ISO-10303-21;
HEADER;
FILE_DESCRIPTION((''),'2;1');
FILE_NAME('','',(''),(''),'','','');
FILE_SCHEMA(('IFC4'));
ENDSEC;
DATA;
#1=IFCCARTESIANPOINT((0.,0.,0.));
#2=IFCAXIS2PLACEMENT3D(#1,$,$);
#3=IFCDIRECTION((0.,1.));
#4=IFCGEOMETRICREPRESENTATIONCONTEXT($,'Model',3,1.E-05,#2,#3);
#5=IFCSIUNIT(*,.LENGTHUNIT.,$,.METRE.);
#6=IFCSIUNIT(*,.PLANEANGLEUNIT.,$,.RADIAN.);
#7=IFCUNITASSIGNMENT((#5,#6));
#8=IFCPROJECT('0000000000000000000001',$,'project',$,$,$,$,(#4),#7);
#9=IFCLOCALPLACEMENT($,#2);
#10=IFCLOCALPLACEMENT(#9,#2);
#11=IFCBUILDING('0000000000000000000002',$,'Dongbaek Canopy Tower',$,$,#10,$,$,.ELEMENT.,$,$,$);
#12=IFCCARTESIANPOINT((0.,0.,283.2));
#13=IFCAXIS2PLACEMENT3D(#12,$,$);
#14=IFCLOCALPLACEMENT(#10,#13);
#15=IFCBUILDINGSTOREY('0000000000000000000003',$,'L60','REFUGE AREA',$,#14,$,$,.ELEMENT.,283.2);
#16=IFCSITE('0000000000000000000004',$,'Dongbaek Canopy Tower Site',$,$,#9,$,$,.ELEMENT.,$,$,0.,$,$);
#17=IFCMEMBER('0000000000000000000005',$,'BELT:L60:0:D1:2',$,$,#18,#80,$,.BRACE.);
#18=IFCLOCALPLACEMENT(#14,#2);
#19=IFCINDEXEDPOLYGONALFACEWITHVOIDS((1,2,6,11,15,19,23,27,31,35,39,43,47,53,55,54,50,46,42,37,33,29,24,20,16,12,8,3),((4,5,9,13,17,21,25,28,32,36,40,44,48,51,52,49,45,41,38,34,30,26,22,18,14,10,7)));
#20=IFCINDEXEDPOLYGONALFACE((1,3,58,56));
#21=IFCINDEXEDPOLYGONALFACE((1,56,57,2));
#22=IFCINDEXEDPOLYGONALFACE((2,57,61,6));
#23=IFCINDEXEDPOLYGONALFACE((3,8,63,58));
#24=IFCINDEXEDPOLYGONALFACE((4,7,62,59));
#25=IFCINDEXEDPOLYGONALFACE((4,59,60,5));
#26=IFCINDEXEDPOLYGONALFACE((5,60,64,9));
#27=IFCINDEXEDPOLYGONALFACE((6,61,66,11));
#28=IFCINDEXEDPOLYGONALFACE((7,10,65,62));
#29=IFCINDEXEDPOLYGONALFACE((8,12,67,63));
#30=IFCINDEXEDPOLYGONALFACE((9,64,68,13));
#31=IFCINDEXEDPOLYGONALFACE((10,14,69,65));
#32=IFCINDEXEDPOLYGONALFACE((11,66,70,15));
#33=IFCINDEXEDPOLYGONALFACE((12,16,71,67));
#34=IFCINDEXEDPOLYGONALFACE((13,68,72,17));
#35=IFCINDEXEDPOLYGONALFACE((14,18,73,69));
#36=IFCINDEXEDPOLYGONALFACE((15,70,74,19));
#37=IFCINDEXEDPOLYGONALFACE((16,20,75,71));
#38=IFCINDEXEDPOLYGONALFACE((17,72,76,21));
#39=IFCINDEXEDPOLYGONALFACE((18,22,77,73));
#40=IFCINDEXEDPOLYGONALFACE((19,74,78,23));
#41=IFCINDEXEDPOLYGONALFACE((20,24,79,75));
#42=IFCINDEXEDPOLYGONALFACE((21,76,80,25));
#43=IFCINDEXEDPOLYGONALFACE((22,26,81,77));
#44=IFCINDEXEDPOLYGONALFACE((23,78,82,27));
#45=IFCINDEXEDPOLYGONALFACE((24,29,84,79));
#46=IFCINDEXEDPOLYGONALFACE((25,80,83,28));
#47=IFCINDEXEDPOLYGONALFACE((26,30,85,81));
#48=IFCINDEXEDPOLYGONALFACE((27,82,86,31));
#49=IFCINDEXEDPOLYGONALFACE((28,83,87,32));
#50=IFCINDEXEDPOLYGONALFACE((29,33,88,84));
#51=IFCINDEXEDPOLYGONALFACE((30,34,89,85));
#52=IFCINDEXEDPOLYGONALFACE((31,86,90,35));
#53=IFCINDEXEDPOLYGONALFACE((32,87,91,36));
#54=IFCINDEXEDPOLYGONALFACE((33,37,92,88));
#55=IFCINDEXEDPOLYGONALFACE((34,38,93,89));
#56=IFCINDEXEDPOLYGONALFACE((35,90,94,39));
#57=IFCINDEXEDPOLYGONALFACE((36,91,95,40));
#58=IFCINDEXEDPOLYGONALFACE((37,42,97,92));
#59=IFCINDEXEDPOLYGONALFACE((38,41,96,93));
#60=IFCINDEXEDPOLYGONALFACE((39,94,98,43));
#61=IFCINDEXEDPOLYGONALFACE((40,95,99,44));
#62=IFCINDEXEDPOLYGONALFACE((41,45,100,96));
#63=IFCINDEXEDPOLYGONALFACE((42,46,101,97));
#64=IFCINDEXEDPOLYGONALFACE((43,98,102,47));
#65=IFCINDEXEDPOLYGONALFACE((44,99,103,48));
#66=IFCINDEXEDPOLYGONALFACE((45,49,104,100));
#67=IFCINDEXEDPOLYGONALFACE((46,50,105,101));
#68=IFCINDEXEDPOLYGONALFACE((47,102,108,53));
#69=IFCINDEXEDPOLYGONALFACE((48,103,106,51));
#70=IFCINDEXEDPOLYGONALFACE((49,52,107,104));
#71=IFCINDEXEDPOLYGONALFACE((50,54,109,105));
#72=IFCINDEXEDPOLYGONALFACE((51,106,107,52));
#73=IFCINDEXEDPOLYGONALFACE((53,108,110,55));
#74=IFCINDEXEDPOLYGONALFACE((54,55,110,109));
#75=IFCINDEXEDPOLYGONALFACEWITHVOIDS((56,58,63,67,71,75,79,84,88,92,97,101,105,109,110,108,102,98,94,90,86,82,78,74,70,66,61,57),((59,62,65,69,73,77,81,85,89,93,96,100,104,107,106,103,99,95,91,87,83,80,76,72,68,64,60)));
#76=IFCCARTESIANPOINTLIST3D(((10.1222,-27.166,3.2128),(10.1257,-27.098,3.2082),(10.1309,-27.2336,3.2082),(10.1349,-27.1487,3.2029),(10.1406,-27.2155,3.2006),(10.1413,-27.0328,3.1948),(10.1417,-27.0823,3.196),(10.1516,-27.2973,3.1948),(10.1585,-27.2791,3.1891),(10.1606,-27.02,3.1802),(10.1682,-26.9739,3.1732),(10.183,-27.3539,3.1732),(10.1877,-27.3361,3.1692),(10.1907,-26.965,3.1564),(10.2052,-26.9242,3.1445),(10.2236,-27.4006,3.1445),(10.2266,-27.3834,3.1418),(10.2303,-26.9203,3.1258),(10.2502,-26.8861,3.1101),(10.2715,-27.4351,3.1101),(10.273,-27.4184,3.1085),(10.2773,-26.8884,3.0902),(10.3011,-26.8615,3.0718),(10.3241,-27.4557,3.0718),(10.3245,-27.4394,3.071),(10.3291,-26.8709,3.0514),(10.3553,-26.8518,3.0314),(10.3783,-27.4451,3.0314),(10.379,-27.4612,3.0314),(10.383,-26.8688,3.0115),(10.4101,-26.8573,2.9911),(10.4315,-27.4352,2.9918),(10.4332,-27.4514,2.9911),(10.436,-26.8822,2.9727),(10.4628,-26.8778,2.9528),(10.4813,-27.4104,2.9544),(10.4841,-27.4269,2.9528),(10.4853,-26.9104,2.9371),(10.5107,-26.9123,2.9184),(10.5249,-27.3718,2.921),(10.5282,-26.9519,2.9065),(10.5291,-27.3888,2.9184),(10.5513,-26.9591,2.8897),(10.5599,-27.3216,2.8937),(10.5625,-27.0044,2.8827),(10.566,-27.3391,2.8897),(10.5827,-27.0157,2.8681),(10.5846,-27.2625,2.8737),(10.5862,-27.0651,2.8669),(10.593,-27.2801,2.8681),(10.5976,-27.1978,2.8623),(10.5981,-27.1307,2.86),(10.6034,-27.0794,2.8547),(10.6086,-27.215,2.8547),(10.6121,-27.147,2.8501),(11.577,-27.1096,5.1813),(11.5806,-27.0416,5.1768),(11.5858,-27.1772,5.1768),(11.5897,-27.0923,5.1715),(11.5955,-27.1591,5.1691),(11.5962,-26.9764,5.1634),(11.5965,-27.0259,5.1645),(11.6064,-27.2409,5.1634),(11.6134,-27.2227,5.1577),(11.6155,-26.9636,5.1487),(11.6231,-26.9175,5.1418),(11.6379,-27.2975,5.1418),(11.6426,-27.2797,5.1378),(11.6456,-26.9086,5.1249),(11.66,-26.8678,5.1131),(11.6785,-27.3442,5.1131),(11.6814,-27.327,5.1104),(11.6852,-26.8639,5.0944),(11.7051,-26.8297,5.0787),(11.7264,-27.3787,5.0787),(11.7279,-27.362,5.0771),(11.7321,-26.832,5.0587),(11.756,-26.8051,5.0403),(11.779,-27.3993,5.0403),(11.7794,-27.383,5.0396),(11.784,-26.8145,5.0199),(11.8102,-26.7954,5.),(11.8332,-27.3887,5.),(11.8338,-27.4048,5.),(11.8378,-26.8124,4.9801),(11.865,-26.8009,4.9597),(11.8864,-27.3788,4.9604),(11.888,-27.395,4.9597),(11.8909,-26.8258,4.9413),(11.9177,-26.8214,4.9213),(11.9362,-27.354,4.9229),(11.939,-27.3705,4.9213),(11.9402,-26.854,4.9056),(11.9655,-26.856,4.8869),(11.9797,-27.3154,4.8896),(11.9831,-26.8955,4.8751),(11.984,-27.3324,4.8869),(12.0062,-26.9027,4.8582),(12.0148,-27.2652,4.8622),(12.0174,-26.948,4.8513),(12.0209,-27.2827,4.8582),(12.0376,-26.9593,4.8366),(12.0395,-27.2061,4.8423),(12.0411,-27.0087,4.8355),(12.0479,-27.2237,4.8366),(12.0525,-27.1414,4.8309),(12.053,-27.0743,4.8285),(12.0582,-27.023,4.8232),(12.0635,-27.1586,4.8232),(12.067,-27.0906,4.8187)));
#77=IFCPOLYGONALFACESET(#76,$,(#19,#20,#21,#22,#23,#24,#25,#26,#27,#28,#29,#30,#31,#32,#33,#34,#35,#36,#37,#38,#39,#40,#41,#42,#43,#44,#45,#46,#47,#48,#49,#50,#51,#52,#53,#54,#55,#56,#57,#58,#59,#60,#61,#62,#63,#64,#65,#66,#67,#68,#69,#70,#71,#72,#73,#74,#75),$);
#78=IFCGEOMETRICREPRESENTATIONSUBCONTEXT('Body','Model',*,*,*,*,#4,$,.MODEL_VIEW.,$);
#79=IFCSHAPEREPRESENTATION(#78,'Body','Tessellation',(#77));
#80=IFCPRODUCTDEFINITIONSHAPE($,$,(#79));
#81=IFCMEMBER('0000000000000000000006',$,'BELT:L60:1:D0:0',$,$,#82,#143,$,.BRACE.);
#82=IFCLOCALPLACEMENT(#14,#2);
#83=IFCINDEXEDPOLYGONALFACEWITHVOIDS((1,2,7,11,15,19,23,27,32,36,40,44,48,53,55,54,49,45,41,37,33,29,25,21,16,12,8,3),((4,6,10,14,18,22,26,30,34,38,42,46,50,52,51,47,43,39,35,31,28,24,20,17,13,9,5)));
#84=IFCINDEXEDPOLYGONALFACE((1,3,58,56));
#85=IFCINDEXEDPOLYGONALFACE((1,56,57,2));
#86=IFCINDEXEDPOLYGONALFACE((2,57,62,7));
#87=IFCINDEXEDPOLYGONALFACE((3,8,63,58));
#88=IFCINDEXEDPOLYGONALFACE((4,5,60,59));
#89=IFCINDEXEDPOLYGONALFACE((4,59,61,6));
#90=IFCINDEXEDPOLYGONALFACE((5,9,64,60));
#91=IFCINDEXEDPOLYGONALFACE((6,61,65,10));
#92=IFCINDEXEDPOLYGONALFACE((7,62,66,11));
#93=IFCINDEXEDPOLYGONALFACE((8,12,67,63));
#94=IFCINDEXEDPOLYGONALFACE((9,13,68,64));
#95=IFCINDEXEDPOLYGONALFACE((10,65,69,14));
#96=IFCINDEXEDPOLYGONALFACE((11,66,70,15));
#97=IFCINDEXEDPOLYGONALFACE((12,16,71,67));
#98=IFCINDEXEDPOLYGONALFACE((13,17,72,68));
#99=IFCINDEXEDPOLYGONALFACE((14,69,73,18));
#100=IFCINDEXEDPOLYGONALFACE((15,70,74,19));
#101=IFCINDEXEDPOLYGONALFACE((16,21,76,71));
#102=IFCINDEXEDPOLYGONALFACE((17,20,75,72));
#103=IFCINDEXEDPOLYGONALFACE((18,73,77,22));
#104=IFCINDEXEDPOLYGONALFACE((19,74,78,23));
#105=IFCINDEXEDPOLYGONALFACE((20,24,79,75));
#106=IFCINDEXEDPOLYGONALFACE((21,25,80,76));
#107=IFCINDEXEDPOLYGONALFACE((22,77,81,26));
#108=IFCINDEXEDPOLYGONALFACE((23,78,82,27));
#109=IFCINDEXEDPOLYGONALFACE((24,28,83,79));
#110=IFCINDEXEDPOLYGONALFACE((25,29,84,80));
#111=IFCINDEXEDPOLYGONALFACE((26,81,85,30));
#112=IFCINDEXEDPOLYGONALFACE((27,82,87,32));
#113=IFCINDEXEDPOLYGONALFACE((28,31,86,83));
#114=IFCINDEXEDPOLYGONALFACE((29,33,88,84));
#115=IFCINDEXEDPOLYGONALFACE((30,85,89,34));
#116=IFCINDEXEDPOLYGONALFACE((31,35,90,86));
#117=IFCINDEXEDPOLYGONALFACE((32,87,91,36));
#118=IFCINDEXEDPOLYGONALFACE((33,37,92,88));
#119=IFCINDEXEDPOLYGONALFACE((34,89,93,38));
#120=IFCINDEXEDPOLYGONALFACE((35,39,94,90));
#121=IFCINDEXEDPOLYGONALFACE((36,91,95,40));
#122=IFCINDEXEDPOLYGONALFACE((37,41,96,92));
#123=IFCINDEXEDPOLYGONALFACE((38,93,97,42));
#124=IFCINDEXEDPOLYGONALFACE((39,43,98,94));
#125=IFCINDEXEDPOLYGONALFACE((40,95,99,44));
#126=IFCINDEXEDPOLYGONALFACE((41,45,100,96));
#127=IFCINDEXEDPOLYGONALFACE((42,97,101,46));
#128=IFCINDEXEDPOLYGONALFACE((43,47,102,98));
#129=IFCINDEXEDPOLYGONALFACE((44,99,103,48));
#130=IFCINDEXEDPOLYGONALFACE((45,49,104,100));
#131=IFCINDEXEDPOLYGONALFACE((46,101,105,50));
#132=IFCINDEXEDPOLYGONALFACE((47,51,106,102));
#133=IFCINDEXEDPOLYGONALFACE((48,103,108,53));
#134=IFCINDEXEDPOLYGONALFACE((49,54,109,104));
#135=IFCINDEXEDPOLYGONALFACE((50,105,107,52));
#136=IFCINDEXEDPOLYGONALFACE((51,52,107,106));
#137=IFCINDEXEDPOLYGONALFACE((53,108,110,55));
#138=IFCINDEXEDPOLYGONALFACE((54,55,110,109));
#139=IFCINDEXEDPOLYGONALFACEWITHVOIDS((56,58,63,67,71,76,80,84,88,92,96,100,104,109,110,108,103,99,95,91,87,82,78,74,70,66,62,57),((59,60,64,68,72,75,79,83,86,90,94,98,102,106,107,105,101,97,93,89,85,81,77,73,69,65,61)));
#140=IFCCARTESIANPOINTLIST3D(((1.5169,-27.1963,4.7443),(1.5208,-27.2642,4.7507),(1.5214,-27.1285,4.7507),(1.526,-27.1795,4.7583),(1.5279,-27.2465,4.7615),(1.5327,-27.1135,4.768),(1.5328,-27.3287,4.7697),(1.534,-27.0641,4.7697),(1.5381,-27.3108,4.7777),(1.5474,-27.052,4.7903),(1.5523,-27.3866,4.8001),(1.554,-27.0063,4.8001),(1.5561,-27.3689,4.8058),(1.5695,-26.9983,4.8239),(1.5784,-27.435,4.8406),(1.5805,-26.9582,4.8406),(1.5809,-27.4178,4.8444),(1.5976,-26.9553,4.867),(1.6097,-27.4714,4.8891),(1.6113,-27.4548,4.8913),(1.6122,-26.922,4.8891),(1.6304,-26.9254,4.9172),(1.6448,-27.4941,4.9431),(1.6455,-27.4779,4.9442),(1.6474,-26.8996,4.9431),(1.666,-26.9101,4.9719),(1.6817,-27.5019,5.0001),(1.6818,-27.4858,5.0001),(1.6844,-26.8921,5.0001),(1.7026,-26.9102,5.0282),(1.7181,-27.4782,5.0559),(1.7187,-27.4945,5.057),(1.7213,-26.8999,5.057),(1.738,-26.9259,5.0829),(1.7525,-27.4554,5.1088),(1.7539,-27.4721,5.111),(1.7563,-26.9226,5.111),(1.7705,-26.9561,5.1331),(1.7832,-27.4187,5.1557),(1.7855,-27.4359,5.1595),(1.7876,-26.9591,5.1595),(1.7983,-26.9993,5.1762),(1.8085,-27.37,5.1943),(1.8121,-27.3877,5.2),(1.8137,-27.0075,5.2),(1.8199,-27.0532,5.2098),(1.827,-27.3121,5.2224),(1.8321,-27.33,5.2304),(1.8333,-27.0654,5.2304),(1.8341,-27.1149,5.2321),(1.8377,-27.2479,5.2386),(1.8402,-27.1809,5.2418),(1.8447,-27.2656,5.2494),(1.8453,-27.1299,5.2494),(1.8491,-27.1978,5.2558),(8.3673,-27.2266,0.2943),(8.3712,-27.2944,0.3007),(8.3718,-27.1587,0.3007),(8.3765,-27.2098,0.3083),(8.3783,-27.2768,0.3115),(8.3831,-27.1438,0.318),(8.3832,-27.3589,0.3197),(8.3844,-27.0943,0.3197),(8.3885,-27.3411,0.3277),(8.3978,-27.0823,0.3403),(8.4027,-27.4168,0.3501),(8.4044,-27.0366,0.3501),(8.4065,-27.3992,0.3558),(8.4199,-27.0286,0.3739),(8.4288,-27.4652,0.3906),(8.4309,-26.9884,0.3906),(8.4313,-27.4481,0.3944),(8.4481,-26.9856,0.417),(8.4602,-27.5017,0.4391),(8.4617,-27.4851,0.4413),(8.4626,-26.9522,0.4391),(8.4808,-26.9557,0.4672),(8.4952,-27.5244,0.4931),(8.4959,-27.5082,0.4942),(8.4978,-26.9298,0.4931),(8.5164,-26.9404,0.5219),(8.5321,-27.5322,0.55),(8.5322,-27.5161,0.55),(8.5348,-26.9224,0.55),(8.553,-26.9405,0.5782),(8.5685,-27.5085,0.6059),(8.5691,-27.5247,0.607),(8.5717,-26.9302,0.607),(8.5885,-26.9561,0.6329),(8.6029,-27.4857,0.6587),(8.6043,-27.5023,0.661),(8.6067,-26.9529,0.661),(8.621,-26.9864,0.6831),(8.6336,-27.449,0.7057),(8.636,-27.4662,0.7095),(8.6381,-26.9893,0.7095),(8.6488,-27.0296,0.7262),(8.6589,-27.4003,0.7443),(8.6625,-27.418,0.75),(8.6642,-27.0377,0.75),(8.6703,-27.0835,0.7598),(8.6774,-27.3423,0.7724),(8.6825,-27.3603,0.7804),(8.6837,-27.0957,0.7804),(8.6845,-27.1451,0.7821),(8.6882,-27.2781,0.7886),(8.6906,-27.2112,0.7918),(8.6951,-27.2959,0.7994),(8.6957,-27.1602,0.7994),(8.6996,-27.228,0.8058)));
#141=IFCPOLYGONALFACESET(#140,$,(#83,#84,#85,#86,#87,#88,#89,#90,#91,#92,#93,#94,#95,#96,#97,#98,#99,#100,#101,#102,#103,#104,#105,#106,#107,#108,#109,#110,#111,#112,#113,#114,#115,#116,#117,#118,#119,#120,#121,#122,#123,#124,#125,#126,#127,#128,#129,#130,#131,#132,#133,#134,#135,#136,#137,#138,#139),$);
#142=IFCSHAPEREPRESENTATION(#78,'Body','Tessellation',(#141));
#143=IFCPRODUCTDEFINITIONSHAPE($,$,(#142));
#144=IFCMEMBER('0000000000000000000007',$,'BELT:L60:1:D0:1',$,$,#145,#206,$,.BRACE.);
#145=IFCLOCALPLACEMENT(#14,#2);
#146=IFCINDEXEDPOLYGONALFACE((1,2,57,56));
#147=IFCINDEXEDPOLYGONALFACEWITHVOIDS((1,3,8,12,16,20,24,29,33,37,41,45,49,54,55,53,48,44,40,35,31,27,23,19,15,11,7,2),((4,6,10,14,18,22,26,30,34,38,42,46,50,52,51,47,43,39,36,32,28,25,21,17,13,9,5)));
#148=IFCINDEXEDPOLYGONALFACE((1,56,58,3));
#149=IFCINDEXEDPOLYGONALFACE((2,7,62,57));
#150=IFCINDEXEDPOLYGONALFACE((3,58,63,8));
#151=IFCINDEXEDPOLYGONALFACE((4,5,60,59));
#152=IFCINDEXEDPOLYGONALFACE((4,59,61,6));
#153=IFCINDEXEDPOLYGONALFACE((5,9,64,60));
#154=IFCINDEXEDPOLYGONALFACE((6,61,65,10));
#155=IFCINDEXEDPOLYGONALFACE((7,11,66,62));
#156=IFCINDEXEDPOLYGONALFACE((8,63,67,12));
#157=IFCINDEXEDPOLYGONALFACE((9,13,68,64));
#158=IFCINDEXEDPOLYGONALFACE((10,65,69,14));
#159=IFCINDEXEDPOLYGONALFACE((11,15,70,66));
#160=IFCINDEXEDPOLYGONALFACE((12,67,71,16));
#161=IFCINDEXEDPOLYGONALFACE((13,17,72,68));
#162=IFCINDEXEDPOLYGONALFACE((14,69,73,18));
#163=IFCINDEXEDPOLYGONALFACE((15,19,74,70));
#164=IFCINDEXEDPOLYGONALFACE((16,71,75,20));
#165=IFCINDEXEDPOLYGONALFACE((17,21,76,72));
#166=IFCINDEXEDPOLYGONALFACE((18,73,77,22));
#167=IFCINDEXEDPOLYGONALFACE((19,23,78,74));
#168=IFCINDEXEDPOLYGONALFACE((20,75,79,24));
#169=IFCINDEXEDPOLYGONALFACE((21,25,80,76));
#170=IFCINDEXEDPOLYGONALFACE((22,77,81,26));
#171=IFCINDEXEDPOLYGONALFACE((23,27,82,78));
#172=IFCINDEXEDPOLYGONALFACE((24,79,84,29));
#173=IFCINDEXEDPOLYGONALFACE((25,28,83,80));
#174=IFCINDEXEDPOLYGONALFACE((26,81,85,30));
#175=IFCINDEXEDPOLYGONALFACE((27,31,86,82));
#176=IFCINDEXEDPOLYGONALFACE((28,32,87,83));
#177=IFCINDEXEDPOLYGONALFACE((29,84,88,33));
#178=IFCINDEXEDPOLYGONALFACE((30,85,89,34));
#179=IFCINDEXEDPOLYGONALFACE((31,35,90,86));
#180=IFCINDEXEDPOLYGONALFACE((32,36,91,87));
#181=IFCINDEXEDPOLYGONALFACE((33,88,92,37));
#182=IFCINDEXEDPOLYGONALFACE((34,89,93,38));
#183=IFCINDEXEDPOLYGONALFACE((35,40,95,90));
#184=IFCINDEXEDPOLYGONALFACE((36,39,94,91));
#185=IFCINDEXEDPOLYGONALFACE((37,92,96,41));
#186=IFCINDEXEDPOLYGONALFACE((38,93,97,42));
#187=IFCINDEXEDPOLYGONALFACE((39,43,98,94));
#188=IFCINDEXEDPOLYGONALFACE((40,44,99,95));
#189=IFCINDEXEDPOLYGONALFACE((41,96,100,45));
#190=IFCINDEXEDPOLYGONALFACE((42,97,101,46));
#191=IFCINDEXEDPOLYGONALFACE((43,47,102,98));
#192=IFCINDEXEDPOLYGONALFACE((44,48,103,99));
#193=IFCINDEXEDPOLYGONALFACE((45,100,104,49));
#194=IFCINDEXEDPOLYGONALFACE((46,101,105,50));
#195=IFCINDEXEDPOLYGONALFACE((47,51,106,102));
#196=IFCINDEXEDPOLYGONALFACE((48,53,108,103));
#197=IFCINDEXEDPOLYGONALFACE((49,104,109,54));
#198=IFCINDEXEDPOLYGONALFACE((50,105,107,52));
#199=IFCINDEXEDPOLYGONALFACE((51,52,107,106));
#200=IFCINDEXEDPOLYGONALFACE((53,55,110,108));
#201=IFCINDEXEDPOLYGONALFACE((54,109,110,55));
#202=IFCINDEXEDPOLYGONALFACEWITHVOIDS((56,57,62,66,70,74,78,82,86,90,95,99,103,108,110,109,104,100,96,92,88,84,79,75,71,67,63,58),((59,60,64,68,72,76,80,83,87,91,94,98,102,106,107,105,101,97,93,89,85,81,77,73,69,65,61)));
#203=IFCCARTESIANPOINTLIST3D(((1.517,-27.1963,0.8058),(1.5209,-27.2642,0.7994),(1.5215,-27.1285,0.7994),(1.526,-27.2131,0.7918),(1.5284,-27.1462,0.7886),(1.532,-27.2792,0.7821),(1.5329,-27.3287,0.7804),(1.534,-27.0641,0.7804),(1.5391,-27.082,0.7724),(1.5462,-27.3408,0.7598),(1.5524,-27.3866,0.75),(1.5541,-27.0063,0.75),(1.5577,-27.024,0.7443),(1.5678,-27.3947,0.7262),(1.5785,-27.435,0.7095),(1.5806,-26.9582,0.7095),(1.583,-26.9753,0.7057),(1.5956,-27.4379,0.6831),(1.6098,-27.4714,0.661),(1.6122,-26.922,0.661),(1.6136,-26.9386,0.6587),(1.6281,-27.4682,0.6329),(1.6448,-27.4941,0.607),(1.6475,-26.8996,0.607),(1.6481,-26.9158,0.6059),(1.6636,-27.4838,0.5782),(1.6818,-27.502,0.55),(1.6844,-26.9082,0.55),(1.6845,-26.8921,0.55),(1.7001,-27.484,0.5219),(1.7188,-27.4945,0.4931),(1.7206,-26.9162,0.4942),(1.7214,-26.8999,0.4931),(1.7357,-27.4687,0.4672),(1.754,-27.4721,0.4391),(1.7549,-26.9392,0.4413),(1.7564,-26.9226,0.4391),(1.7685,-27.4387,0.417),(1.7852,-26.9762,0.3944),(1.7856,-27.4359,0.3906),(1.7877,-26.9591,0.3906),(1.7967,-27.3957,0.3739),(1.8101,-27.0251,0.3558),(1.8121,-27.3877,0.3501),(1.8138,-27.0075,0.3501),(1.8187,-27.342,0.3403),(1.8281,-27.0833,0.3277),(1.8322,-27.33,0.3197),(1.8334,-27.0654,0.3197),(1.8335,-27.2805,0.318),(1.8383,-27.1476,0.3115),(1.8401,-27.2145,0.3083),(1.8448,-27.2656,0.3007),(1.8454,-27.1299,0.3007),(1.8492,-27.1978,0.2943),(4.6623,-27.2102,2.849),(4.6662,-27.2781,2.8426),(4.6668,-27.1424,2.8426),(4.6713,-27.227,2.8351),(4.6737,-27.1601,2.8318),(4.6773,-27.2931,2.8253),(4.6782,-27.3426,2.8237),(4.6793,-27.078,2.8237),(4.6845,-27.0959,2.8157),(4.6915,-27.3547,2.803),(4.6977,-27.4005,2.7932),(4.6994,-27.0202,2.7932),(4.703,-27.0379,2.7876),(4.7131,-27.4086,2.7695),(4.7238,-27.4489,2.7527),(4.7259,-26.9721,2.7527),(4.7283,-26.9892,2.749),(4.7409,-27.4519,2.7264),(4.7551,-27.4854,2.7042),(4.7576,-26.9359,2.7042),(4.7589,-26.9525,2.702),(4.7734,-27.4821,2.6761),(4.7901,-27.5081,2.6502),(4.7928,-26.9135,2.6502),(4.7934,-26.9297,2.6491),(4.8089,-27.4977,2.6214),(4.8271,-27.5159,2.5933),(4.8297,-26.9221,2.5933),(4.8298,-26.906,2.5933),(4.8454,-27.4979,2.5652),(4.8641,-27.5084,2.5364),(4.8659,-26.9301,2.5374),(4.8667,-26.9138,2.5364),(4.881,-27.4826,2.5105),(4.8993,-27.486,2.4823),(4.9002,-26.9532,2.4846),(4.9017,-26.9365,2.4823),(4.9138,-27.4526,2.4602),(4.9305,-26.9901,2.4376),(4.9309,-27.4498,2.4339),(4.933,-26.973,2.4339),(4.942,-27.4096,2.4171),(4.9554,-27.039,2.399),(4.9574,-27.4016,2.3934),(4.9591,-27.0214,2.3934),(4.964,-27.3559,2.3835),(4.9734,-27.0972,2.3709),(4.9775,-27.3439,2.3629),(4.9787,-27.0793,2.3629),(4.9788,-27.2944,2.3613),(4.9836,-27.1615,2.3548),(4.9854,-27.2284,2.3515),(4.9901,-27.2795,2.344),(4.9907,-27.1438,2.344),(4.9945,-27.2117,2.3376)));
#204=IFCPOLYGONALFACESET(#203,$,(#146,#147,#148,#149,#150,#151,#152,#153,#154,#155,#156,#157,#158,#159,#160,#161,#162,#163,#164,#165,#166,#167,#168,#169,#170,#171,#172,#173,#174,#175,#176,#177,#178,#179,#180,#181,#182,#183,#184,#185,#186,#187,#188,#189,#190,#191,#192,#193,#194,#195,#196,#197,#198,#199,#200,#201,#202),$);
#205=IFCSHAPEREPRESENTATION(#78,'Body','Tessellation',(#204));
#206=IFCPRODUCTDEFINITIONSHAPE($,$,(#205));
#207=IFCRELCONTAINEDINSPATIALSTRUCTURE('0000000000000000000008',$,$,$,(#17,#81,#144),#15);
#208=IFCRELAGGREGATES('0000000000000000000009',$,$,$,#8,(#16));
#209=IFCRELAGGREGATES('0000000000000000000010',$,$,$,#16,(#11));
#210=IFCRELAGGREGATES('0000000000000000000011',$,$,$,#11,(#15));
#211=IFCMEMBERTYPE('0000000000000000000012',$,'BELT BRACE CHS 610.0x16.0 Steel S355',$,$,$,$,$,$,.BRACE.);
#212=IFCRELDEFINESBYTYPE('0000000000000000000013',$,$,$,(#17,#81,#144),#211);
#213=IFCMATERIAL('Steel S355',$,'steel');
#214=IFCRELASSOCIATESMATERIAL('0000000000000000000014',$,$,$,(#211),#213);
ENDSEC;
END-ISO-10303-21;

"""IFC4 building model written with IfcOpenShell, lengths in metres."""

from ifc_helpers import new_model, si_unit, direction, frame, origin, origin_2d, place, context, subcontext, project, spatial, hollow_circle, extrude, material, material_profile, profile_set, type_object, element, save


model = new_model("IFC4")

# Units and contexts
model_context = context("Model", 3, precision=1e-05, world=origin(), true_north=direction((0.0, 1.0)))
body_context = subcontext(model_context, "Body", "Model", "MODEL_VIEW")
ifc_project = project(units=[si_unit("LENGTHUNIT", "METRE"), si_unit("PLANEANGLEUNIT", "RADIAN")], contexts=[model_context])

# Site, building, storey
site_placement = place(None, origin())
site = spatial("IfcSite", under=ifc_project, at=site_placement, Name="Dongbaek Canopy Tower Site", CompositionType="ELEMENT", RefElevation=0.0)
building_placement = place(site_placement, origin())
building = spatial("IfcBuilding", under=site, at=building_placement, Name="Dongbaek Canopy Tower", CompositionType="ELEMENT")
storey_placement = place(building_placement, frame((0.0, 0.0, 283.2)))
storey = spatial("IfcBuildingStorey", under=building, at=storey_placement, Name="L60", Description="REFUGE AREA", CompositionType="ELEMENT", Elevation=283.2)

# Members
ifc_material_1 = material(Name="Steel S355", Category="steel")
ifc_material_profile_1 = material_profile(ifc_material_1, hollow_circle(Radius=0.3049, WallThickness=0.0161, at=origin_2d()), Name="BELT BRACE CHS 610.0x16.0 Steel S355")
ifc_profile_set_1 = profile_set([ifc_material_profile_1], Name="Steel S355")
member_type_1 = type_object("IfcMemberType", Name="BELT BRACE CHS 610.0x16.0 Steel S355", PredefinedType="BRACE", material=ifc_profile_set_1)
for number, where, z_axis, x_axis, name in (
    (1, (11.822, -27.1001, 5.0), (-0.594194, -0.023034, -0.803992), (0.038736, -0.999249, 0.0), "BELT:L60:0:D1:2"),
):
    element("IfcMember", number, at=place(storey_placement, frame(where, z_axis=z_axis, x_axis=x_axis)), inside=storey, type_object=member_type_1, Name=name, PredefinedType="BRACE", context=body_context, shape_type="SweptSolid", body=[
        extrude(hollow_circle(Radius=0.3049, WallThickness=0.0161, at=origin_2d()), origin(), (0.0, 0.0, 1.0), 2.4485),
    ])
member_1_placement = place(storey_placement, frame((8.5334, -27.2273, 0.55), z_axis=(-0.838593, 0.003706, 0.544746), x_axis=(-0.004419, -0.99999, 0.0)))
element("IfcMember", 2, at=member_1_placement, inside=storey, type_object=member_type_1, Name="BELT:L60:1:D0:0", PredefinedType="BRACE", context=body_context, shape_type="SweptSolid", body=[
    extrude(hollow_circle(Radius=0.3049, WallThickness=0.0161, at=origin_2d()), origin(), (0.0, 0.0, 1.0), 8.1689),
])
member_2_placement = place(storey_placement, frame((1.6831, -27.197, 0.55), z_axis=(0.838585, -0.00371, 0.544758), x_axis=(0.004424, 0.99999, 0.0)))
element("IfcMember", 3, at=member_2_placement, inside=storey, type_object=member_type_1, Name="BELT:L60:1:D0:1", PredefinedType="BRACE", context=body_context, shape_type="SweptSolid", body=[
    extrude(hollow_circle(Radius=0.3049, WallThickness=0.0161, at=origin_2d()), origin(), (0.0, 0.0, 1.0), 3.7507),
])

save(model, "model.ifc")
